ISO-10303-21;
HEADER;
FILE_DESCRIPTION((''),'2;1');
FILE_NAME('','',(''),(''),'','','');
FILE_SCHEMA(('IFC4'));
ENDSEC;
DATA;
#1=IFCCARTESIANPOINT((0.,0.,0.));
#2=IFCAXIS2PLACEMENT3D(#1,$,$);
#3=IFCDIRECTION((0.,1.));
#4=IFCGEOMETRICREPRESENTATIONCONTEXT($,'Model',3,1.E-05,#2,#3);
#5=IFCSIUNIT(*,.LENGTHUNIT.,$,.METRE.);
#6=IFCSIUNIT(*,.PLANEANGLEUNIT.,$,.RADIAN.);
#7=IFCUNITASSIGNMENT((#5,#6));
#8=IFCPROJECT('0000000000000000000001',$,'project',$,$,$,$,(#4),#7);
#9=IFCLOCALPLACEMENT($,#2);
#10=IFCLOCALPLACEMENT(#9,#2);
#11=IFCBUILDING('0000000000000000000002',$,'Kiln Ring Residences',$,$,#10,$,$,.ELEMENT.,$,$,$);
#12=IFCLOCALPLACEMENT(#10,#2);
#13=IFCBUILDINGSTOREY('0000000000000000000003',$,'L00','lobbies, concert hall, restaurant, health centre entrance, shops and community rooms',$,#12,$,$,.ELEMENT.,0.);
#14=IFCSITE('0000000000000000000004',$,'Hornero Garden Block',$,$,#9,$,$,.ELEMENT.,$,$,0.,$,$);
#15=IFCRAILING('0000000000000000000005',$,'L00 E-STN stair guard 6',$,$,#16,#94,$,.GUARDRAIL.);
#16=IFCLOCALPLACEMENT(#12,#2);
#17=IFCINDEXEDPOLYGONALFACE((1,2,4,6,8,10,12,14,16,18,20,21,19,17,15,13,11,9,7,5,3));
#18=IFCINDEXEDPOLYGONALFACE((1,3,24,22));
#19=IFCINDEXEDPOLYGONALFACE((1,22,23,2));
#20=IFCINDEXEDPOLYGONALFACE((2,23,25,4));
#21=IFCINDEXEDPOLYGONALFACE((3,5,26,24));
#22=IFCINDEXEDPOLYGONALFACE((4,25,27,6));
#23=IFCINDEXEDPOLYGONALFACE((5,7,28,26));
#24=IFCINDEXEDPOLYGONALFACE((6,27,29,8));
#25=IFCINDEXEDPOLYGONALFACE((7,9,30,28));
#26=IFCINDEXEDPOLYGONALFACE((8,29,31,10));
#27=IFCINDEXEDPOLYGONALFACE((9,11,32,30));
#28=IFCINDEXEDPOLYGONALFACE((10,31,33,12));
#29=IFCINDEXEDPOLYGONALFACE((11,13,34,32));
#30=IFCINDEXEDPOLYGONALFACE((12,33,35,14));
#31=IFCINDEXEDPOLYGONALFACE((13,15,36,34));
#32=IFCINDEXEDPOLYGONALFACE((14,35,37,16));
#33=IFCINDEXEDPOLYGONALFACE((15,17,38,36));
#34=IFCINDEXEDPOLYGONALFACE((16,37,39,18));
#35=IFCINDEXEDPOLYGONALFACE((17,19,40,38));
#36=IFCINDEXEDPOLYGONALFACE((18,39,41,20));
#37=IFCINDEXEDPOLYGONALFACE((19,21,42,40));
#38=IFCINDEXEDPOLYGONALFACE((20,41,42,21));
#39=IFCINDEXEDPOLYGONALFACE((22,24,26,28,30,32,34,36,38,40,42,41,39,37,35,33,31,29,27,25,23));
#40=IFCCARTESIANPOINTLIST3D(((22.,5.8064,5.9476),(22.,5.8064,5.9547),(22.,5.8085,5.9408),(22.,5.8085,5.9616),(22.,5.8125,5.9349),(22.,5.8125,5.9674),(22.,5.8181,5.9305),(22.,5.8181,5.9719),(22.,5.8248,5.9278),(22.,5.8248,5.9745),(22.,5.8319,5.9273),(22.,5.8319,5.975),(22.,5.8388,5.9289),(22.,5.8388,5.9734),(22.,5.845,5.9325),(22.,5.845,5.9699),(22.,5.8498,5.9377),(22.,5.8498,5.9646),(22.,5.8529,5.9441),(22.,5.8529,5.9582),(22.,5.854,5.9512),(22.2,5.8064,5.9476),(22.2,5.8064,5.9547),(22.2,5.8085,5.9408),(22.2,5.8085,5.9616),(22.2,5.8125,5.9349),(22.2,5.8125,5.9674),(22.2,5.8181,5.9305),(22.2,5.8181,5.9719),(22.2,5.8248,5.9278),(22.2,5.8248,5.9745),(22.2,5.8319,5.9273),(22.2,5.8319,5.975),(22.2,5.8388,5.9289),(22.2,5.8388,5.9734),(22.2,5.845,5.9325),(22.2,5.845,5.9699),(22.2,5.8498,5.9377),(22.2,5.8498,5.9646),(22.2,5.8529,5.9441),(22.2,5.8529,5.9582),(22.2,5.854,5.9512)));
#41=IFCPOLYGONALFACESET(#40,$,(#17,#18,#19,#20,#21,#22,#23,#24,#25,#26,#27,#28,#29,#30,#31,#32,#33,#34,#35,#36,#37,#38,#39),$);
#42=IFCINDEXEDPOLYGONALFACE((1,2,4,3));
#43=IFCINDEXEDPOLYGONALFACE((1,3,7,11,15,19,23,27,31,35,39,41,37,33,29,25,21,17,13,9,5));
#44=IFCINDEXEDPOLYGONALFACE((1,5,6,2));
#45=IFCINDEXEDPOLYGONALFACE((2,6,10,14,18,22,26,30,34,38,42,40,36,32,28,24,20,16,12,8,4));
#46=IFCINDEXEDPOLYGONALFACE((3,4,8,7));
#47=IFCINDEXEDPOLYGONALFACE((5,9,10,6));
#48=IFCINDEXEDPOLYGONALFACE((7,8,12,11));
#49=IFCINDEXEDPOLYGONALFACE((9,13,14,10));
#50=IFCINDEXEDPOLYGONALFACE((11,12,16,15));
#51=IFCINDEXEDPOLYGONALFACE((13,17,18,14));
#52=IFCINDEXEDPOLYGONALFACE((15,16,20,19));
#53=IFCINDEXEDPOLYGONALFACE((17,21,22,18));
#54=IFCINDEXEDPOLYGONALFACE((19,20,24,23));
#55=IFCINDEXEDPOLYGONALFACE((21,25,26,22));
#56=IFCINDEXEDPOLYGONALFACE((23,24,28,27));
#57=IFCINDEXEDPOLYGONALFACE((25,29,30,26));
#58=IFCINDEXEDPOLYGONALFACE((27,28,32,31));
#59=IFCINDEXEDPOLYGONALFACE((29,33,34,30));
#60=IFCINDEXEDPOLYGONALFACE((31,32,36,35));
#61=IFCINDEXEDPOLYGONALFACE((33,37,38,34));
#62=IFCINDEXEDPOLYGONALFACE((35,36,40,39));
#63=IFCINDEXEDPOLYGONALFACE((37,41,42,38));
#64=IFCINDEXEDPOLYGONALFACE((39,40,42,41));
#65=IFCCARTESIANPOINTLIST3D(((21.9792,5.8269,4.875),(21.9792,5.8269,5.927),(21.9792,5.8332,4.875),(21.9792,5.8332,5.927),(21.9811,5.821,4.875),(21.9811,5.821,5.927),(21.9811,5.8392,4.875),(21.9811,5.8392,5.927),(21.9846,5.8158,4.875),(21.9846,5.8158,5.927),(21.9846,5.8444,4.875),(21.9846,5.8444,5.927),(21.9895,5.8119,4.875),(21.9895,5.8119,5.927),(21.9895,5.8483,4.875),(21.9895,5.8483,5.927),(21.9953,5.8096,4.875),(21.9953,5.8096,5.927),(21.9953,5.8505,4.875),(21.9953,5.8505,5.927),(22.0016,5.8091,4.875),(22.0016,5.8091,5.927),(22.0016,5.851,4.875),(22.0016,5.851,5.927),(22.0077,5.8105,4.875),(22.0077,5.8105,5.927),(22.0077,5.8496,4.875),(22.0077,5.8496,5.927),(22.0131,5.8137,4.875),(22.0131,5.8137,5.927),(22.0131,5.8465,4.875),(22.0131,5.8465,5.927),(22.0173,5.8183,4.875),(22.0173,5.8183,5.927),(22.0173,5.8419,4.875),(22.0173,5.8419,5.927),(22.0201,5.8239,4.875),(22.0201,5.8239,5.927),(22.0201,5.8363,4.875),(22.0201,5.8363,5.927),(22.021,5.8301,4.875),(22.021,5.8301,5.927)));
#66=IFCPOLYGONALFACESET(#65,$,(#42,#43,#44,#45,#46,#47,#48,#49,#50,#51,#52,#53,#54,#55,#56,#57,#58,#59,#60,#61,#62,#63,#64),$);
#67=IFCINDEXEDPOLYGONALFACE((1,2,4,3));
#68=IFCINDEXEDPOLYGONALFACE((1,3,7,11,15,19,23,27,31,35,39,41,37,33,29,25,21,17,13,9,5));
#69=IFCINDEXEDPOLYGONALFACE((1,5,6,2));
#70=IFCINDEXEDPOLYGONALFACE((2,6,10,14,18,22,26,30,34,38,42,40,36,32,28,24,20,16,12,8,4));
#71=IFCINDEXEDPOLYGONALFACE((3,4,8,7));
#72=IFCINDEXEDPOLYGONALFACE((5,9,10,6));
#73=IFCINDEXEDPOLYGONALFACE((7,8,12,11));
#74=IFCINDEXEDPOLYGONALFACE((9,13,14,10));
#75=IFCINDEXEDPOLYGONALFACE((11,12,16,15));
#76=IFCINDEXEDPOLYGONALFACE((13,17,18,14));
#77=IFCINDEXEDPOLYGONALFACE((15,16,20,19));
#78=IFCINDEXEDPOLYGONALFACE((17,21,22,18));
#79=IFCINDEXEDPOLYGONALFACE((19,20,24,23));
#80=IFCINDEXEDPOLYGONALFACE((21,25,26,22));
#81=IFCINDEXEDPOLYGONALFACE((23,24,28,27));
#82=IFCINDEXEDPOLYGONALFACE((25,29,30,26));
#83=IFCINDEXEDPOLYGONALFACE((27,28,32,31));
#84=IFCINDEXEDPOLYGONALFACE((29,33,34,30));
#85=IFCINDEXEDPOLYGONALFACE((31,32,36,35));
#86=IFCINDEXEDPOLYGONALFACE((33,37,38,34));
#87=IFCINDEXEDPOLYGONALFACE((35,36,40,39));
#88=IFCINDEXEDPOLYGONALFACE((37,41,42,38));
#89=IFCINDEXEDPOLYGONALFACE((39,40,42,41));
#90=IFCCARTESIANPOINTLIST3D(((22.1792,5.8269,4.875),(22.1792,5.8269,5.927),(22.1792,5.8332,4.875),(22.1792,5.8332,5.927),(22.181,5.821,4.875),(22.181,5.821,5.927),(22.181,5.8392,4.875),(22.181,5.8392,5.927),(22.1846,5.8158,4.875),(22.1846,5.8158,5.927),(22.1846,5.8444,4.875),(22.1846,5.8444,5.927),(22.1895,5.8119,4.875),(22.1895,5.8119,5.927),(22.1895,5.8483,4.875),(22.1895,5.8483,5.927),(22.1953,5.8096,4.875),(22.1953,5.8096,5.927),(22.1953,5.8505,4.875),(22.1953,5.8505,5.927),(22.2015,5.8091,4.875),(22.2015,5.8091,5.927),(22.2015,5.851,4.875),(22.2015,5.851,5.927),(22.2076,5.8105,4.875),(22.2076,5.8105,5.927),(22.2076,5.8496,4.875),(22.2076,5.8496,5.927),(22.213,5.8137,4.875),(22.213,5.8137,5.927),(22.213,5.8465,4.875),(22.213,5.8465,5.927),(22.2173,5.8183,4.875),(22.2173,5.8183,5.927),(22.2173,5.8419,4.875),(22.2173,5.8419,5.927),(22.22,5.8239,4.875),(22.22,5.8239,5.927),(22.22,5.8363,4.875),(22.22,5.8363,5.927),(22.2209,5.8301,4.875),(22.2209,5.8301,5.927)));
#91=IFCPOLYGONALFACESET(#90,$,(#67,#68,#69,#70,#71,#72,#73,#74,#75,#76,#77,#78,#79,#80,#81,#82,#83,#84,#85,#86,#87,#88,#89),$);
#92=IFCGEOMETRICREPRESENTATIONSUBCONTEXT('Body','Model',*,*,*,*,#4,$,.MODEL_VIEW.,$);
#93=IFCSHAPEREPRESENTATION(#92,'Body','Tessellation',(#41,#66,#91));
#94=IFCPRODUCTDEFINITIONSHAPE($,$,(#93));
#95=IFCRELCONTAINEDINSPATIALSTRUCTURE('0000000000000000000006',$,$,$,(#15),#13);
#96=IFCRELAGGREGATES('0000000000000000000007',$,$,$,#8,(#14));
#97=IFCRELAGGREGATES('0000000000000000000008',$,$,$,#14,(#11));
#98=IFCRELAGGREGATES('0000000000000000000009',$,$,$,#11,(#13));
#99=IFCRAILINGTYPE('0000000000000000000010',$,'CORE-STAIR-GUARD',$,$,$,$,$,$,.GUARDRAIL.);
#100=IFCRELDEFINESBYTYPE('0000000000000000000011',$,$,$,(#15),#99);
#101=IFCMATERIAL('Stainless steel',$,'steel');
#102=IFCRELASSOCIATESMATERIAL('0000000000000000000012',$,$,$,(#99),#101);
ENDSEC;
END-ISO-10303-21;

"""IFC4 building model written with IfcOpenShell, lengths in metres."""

from ifc_helpers import new_model, si_unit, direction, frame, origin, origin_2d, place, context, subcontext, project, spatial, circle, extrude, material, type_object, element, save


model = new_model("IFC4")

# Units and contexts
model_context = context("Model", 3, precision=1e-05, world=origin(), true_north=direction((0.0, 1.0)))
body_context = subcontext(model_context, "Body", "Model", "MODEL_VIEW")
ifc_project = project(units=[si_unit("LENGTHUNIT", "METRE"), si_unit("PLANEANGLEUNIT", "RADIAN")], contexts=[model_context])

# Site, building, storey
site_placement = place(None, origin())
site = spatial("IfcSite", under=ifc_project, at=site_placement, Name="Hornero Garden Block", CompositionType="ELEMENT", RefElevation=0.0)
building_placement = place(site_placement, origin())
building = spatial("IfcBuilding", under=site, at=building_placement, Name="Kiln Ring Residences", CompositionType="ELEMENT")
storey_placement = place(building_placement, origin())
storey = spatial("IfcBuildingStorey", under=building, at=storey_placement, Name="L00", Description="lobbies, concert hall, restaurant, health centre entrance, shops and community rooms", CompositionType="ELEMENT", Elevation=0.0)

# Railing
ifc_material_1 = material(Name="Stainless steel", Category="steel")
railing_type_1 = type_object("IfcRailingType", Name="CORE-STAIR-GUARD", PredefinedType="GUARDRAIL", material=ifc_material_1)
railing_1_placement = place(storey_placement, frame((22.0, 5.8301, 4.875)))
element("IfcRailing", 1, at=railing_1_placement, inside=storey, type_object=railing_type_1, Name="L00 E-STN stair guard 6", PredefinedType="GUARDRAIL", context=body_context, shape_type="SweptSolid", body=[
    extrude(circle(Radius=0.0239, at=origin_2d()), frame((0.0, 0.0, 1.0762), z_axis=(1.0, 0.0, 0.0), x_axis=(0.0, 1.0, 0.0)), (0.0, 0.0, 1.0), 0.2),
    extrude(circle(Radius=0.021, at=origin_2d()), origin(), (0.0, 0.0, 1.0), 1.052),
    extrude(circle(Radius=0.021, at=origin_2d()), frame((0.2, 0.0, 0.0)), (0.0, 0.0, 1.0), 1.052),
])

save(model, "model.ifc")
